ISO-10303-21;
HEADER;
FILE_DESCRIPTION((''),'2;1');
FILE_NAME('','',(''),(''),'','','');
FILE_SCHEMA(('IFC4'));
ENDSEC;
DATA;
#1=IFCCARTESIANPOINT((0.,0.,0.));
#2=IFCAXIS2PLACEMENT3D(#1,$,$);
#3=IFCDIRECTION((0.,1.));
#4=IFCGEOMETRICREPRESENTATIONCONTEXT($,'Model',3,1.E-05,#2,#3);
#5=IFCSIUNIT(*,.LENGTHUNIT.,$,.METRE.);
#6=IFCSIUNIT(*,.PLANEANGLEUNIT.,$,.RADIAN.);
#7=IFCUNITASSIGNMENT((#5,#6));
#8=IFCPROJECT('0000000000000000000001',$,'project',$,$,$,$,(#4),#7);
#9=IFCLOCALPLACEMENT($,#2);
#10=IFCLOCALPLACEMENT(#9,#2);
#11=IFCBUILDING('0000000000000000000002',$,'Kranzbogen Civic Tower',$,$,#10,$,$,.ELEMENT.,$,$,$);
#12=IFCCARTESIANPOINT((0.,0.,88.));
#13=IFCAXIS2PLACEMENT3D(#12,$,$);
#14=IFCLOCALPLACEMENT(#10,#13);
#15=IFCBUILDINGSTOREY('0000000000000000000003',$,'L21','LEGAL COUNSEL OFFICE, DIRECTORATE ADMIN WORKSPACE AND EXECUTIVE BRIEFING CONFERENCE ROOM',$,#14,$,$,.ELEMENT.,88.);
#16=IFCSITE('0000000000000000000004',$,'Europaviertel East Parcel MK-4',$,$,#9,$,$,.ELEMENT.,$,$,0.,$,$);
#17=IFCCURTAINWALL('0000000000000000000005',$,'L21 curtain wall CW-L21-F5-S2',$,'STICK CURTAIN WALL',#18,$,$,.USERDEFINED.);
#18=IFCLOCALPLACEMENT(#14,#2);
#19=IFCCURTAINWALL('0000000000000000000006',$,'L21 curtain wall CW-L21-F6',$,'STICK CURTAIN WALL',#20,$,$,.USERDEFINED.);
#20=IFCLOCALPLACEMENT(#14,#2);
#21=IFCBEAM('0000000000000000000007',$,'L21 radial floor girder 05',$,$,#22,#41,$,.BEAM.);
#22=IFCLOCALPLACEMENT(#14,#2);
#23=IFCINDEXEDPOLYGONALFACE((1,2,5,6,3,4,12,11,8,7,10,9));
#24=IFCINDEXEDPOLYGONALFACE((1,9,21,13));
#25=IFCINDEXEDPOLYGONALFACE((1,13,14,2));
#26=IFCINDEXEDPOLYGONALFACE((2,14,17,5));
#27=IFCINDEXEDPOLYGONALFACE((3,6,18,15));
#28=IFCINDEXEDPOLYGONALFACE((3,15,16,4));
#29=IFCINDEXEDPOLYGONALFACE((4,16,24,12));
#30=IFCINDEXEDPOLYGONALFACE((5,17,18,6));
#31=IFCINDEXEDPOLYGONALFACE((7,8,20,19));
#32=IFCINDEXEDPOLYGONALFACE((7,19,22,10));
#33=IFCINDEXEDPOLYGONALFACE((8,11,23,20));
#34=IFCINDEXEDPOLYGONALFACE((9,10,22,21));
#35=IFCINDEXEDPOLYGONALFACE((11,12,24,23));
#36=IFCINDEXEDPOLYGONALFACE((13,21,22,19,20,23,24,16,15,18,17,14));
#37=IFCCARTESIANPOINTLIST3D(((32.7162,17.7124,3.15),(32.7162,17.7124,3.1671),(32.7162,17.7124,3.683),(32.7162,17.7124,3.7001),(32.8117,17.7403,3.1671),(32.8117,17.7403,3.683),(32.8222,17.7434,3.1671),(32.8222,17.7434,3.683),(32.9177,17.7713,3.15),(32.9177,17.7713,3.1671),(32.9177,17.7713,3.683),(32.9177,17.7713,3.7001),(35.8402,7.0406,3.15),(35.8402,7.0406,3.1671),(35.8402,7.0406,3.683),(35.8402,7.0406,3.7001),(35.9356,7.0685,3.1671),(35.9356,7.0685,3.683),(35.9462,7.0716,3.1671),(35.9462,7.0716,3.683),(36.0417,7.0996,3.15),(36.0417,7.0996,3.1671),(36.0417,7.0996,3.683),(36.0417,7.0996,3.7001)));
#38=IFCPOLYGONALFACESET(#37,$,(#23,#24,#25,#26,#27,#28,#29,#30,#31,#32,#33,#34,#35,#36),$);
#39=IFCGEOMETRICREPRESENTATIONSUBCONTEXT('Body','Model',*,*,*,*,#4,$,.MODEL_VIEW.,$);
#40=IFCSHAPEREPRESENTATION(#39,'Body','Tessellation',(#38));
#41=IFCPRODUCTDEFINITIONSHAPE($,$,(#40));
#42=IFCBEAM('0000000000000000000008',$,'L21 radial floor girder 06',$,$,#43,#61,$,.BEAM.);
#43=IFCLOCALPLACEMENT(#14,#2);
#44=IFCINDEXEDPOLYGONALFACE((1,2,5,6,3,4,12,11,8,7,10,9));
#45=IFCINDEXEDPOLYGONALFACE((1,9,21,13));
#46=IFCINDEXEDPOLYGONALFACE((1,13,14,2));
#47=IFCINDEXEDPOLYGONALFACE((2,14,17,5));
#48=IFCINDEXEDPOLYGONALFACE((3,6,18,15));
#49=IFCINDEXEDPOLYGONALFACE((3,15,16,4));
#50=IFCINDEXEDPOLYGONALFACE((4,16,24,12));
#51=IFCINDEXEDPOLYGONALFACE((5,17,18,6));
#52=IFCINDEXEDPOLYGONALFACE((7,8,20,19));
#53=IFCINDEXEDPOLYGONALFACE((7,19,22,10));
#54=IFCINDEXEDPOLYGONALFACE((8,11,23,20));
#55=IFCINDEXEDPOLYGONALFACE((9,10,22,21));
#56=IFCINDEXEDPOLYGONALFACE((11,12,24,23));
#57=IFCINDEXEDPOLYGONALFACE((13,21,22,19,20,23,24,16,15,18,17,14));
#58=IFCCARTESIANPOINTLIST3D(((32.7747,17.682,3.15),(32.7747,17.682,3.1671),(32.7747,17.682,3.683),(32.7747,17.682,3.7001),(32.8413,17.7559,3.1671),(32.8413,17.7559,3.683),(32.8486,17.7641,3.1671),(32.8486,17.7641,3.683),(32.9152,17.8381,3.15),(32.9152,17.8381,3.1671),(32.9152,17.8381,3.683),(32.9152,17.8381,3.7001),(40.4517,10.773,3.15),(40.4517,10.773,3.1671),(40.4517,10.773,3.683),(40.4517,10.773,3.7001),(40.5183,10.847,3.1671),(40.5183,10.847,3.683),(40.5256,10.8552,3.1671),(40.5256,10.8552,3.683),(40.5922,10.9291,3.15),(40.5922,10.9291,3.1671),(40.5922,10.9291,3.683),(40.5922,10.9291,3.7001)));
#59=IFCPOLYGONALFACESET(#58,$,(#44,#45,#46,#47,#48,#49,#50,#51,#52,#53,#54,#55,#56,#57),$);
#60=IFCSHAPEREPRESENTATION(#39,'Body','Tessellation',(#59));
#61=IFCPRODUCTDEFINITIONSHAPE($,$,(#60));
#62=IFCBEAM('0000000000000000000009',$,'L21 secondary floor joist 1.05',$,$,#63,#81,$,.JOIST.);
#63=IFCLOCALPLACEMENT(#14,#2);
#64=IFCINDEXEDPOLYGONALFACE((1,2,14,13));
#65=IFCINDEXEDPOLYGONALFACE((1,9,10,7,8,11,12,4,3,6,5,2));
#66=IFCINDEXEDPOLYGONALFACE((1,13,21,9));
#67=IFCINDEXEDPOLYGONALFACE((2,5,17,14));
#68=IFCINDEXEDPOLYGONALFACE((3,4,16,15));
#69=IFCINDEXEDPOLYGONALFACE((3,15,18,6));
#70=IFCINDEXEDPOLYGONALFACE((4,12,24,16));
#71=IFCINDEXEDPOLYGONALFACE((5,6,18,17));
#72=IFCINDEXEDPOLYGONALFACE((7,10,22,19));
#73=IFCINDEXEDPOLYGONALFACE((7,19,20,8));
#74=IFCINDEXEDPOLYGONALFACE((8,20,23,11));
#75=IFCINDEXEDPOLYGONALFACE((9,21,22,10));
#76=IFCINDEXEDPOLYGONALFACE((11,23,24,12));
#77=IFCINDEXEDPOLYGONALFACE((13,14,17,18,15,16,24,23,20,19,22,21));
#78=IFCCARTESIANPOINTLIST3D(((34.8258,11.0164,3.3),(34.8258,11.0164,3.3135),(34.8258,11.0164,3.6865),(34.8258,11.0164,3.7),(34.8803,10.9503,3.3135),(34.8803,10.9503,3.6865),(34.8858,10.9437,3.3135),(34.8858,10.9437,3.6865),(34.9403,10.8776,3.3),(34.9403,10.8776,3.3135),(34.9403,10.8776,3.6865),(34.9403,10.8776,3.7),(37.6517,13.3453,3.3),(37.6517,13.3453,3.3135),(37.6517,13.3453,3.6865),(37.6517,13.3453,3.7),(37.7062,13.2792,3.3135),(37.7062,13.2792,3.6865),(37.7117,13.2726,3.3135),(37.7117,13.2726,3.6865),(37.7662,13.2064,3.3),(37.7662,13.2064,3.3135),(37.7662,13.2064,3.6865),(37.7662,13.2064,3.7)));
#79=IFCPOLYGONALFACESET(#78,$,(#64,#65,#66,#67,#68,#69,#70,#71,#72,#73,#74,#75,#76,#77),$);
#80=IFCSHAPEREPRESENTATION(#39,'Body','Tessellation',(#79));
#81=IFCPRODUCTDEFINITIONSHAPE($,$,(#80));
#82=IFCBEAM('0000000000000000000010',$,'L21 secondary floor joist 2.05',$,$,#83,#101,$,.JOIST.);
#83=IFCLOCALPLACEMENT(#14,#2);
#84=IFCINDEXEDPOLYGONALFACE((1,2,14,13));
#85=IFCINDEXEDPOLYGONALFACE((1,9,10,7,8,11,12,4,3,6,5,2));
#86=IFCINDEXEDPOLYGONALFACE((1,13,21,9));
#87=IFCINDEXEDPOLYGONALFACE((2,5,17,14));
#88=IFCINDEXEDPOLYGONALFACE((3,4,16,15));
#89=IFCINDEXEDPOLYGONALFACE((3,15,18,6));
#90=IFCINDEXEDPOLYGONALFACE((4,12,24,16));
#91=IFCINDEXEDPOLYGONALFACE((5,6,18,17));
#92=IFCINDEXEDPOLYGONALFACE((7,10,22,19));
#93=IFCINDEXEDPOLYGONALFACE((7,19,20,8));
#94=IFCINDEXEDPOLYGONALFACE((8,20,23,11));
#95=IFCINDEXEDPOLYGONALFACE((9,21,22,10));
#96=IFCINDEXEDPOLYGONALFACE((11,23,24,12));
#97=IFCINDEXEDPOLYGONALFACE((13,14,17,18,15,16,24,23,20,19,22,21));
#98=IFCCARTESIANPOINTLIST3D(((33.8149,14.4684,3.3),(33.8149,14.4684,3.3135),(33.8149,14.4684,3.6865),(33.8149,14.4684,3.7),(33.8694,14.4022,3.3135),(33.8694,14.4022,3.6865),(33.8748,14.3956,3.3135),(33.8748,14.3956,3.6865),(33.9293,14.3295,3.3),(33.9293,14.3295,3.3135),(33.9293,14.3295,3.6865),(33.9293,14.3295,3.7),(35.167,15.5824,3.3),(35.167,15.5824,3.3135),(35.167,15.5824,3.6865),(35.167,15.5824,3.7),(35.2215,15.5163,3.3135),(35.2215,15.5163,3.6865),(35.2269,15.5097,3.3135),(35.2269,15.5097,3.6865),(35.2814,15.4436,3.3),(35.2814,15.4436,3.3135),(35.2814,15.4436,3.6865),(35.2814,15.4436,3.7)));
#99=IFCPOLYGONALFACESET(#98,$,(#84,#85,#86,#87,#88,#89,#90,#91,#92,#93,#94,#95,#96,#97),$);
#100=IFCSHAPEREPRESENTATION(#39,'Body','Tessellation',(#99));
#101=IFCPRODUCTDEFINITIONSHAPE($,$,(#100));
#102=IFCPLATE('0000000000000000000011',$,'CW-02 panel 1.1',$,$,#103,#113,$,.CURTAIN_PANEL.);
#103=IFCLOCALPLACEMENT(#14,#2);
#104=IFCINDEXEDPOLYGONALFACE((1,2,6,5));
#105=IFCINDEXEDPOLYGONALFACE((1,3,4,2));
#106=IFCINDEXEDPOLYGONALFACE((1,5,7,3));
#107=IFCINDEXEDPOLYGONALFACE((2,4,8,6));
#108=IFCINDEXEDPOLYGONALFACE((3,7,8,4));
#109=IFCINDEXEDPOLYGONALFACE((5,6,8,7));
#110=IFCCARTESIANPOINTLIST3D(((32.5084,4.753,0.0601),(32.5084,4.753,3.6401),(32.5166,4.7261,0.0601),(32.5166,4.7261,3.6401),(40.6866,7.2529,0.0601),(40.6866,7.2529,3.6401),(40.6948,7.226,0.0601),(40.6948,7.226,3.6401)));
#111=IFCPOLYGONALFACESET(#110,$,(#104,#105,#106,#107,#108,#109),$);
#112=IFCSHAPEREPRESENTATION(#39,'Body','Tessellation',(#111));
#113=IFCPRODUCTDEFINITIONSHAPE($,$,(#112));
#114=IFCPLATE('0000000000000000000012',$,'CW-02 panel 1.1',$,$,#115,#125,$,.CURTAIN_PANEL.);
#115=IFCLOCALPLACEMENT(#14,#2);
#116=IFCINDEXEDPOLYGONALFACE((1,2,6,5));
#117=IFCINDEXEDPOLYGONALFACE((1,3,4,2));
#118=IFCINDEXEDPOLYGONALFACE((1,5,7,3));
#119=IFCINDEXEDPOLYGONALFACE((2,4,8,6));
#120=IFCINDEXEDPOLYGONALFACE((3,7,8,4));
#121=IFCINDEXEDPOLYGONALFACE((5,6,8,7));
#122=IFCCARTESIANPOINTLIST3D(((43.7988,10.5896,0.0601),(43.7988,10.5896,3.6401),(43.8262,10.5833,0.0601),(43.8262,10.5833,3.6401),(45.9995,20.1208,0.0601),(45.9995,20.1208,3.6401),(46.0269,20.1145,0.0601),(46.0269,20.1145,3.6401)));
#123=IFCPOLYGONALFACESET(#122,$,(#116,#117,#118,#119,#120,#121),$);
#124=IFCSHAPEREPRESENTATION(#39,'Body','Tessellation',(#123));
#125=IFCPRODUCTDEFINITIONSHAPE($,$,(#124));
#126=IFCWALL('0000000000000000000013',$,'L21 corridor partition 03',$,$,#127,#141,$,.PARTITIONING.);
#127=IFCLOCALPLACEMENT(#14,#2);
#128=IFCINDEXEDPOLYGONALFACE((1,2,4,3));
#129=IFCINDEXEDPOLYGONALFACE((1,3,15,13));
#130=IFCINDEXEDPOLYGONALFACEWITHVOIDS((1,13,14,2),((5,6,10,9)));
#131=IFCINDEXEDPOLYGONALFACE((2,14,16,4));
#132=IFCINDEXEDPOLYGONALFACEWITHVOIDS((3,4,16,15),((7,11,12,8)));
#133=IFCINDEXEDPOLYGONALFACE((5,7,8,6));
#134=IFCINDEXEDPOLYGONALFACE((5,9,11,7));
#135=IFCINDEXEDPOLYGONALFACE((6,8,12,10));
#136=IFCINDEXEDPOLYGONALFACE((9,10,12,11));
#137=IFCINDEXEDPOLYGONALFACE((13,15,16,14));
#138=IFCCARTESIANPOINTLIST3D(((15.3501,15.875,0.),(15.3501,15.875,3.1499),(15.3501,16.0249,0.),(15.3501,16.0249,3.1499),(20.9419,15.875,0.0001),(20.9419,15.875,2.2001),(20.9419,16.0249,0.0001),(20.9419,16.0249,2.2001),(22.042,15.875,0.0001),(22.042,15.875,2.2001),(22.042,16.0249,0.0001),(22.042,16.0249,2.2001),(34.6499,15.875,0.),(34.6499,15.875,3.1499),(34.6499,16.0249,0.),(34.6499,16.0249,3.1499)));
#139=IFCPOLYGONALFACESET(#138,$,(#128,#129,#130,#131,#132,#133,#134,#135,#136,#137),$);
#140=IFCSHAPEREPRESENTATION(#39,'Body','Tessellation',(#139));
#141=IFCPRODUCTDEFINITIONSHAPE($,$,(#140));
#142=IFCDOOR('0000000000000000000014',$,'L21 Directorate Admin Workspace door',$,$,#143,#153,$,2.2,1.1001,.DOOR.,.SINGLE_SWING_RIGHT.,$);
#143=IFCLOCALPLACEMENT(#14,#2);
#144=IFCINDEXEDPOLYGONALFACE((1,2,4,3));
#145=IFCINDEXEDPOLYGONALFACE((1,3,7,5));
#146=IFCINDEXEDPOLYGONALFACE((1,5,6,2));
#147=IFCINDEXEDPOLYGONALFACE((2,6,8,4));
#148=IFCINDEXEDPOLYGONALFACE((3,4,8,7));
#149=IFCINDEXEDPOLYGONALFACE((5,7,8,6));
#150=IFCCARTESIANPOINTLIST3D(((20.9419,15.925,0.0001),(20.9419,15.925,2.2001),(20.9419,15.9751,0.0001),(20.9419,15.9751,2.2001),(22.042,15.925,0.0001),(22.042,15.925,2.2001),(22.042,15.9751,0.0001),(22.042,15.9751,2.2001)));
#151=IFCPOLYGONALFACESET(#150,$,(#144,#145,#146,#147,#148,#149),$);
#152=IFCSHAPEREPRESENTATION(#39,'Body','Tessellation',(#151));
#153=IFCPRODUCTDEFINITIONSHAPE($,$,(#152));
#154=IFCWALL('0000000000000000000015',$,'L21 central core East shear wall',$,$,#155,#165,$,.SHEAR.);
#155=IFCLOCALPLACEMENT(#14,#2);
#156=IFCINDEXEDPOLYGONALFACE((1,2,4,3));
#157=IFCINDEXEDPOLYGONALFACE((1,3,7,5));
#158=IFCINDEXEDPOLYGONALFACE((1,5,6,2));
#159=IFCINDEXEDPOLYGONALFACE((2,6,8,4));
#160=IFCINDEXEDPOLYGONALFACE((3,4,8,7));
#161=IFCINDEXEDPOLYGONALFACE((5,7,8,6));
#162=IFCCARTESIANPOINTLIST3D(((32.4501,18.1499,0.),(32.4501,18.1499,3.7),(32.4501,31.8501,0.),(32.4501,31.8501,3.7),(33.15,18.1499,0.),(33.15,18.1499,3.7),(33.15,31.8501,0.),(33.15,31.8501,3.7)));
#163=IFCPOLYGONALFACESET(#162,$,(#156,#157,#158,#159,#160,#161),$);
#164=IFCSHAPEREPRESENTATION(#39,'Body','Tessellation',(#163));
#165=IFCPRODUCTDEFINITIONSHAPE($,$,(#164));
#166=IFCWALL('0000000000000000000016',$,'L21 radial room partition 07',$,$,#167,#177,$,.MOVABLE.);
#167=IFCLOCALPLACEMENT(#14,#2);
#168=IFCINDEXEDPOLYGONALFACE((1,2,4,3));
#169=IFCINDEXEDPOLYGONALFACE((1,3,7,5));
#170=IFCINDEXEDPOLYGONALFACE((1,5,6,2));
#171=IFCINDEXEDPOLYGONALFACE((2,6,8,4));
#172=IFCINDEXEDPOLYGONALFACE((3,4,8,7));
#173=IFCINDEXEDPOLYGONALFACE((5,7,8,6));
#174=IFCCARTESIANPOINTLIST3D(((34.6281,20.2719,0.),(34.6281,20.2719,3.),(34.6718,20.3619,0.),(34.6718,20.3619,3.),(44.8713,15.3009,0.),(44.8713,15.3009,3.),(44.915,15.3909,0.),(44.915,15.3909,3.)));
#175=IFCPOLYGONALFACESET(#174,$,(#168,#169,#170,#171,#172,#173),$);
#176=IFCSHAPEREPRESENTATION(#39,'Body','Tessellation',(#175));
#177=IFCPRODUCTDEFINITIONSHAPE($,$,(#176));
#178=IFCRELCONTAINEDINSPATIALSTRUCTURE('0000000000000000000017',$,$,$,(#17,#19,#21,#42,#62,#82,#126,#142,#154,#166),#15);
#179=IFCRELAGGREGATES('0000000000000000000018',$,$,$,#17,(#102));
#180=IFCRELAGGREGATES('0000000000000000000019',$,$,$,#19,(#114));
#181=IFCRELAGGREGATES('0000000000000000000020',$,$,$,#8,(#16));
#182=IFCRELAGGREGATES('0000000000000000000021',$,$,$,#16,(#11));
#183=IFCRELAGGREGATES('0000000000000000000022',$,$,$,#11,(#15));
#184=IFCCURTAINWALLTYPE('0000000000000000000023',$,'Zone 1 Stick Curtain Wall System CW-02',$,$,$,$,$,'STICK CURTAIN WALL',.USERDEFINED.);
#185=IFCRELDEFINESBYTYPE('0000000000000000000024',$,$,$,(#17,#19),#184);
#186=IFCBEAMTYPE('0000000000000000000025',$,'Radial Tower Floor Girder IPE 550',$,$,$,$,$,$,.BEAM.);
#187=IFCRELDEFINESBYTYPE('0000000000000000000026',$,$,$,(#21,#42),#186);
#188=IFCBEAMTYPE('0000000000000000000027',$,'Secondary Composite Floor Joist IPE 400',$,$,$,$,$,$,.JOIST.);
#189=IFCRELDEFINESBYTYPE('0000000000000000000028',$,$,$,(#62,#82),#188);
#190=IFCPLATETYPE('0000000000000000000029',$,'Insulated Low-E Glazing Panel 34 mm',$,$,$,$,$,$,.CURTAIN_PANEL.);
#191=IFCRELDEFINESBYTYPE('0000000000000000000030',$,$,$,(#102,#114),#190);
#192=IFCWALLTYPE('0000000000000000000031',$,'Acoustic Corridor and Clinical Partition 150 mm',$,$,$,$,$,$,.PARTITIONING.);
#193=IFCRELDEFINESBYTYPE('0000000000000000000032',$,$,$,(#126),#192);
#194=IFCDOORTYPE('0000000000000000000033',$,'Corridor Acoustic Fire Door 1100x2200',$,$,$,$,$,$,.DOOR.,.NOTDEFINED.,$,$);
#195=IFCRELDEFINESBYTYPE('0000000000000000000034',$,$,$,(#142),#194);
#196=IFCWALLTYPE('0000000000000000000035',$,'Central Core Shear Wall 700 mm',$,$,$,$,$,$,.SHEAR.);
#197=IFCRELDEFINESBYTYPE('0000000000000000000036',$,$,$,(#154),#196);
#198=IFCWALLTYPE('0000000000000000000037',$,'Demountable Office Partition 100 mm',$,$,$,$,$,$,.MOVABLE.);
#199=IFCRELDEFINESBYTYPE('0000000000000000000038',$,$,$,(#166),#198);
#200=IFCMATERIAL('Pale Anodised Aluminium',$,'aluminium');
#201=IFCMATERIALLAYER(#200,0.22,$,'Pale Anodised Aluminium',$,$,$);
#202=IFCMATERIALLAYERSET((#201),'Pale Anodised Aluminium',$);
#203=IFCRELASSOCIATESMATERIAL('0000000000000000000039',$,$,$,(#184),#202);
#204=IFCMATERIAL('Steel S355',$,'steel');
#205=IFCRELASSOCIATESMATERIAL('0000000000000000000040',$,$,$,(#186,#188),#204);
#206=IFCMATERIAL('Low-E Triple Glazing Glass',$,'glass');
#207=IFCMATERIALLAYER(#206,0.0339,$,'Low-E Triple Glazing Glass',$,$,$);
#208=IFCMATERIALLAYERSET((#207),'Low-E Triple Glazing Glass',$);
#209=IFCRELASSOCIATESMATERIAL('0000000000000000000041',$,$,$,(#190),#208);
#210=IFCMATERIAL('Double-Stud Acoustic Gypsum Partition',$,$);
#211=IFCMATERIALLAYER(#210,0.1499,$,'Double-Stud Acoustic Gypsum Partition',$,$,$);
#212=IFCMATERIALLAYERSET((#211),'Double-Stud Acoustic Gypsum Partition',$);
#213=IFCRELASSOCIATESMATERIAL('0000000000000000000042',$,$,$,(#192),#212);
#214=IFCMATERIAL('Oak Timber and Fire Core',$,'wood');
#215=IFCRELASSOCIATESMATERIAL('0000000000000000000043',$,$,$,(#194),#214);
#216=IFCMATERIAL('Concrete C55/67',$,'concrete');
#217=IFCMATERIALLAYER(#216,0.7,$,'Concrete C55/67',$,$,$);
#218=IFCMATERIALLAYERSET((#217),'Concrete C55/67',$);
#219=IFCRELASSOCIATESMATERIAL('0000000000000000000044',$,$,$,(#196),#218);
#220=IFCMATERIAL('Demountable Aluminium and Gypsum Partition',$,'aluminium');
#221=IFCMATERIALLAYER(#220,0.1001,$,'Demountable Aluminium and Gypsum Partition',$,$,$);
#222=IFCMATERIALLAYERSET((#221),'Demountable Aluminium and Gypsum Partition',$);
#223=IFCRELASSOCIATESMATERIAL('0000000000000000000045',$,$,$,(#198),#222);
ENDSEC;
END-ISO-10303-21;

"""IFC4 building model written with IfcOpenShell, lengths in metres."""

from ifc_helpers import new_model, si_unit, direction, frame, frame_2d, origin, origin_2d, place, context, subcontext, project, spatial, rectangle, i_section, extrude, material, layer, layer_set, material_profile, profile_set, type_object, element, fill, aggregate, save


model = new_model("IFC4")

# Units and contexts
model_context = context("Model", 3, precision=1e-05, world=origin(), true_north=direction((0.0, 1.0)))
body_context = subcontext(model_context, "Body", "Model", "MODEL_VIEW")
ifc_project = project(units=[si_unit("LENGTHUNIT", "METRE"), si_unit("PLANEANGLEUNIT", "RADIAN")], contexts=[model_context])

# Site, building, storey
site_placement = place(None, origin())
site = spatial("IfcSite", under=ifc_project, at=site_placement, Name="Europaviertel East Parcel MK-4", CompositionType="ELEMENT", RefElevation=0.0)
building_placement = place(site_placement, origin())
building = spatial("IfcBuilding", under=site, at=building_placement, Name="Kranzbogen Civic Tower", CompositionType="ELEMENT")
storey_placement = place(building_placement, frame((0.0, 0.0, 88.0)))
storey = spatial("IfcBuildingStorey", under=building, at=storey_placement, Name="L21", Description="LEGAL COUNSEL OFFICE, DIRECTORATE ADMIN WORKSPACE AND EXECUTIVE BRIEFING CONFERENCE ROOM", CompositionType="ELEMENT", Elevation=88.0)

# Shared definitions
ifc_material_1 = material(Name="Steel S355", Category="steel")

# Curtain wall
ifc_material_2 = material(Name="Pale Anodised Aluminium", Category="aluminium")
ifc_layer_1 = layer(ifc_material_2, 0.22, Name="Pale Anodised Aluminium")
ifc_layer_set_1 = layer_set([ifc_layer_1], Name="Pale Anodised Aluminium")
curtain_wall_type = type_object("IfcCurtainWallType", Name="Zone 1 Stick Curtain Wall System CW-02", ElementType="STICK CURTAIN WALL", PredefinedType="USERDEFINED", material=ifc_layer_set_1)
curtain_wall_1_placement = place(storey_placement, origin())
curtain_wall_1 = element("IfcCurtainWall", 1, at=curtain_wall_1_placement, inside=storey, type_object=curtain_wall_type, Name="L21 curtain wall CW-L21-F5-S2", ObjectType="STICK CURTAIN WALL", PredefinedType="USERDEFINED")

# Curtain wall
curtain_wall_2_placement = place(storey_placement, origin())
curtain_wall_2 = element("IfcCurtainWall", 2, at=curtain_wall_2_placement, inside=storey, type_object=curtain_wall_type, Name="L21 curtain wall CW-L21-F6", ObjectType="STICK CURTAIN WALL", PredefinedType="USERDEFINED")

# Beams
ifc_material_profile_1 = material_profile(ifc_material_1, i_section(OverallWidth=0.21, OverallDepth=0.55, WebThickness=0.011, FlangeThickness=0.0171, at=origin_2d()), Name="IPE 550")
ifc_profile_set_1 = profile_set([ifc_material_profile_1], Name="Steel S355")
beam_type_1 = type_object("IfcBeamType", Name="Radial Tower Floor Girder IPE 550", PredefinedType="BEAM", material=ifc_profile_set_1)
beam_1_placement = place(storey_placement, frame((35.9409, 7.0701, 3.425), z_axis=(-0.280944, 0.959724, 0.0), x_axis=(-0.959724, -0.280944, 0.0)))
element("IfcBeam", 3, at=beam_1_placement, inside=storey, type_object=beam_type_1, Name="L21 radial floor girder 05", PredefinedType="BEAM", context=body_context, shape_type="SweptSolid", body=[
    extrude(i_section(OverallWidth=0.21, OverallDepth=0.55, WebThickness=0.011, FlangeThickness=0.0171, at=origin_2d()), origin(), (0.0, 0.0, 1.0), 11.1196),
])
beam_2_placement = place(storey_placement, frame((40.522, 10.8511, 3.425), z_axis=(-0.743312, 0.668945, 0.0), x_axis=(-0.668945, -0.743312, 0.0)))
element("IfcBeam", 4, at=beam_2_placement, inside=storey, type_object=beam_type_1, Name="L21 radial floor girder 06", PredefinedType="BEAM", context=body_context, shape_type="SweptSolid", body=[
    extrude(i_section(OverallWidth=0.21, OverallDepth=0.55, WebThickness=0.011, FlangeThickness=0.0171, at=origin_2d()), origin(), (0.0, 0.0, 1.0), 10.3281),
])
ifc_material_profile_2 = material_profile(ifc_material_1, i_section(OverallWidth=0.1799, OverallDepth=0.3999, WebThickness=0.0085, FlangeThickness=0.0134, at=origin_2d()), Name="IPE 400")
ifc_profile_set_2 = profile_set([ifc_material_profile_2], Name="Steel S355")
beam_type_2 = type_object("IfcBeamType", Name="Secondary Composite Floor Joist IPE 400", PredefinedType="JOIST", material=ifc_profile_set_2)
beam_3_placement = place(storey_placement, frame((34.8831, 10.947, 3.5), z_axis=(0.771713, 0.635971, 0.0), x_axis=(-0.635971, 0.771713, 0.0)))
element("IfcBeam", 5, at=beam_3_placement, inside=storey, type_object=beam_type_2, Name="L21 secondary floor joist 1.05", PredefinedType="JOIST", context=body_context, shape_type="SweptSolid", body=[
    extrude(i_section(OverallWidth=0.1799, OverallDepth=0.3999, WebThickness=0.0085, FlangeThickness=0.0134, at=origin_2d()), origin(), (0.0, 0.0, 1.0), 3.6619),
])
beam_4_placement = place(storey_placement, frame((33.8721, 14.3989, 3.5), z_axis=(0.771773, 0.635898, 0.0), x_axis=(-0.635898, 0.771773, 0.0)))
element("IfcBeam", 6, at=beam_4_placement, inside=storey, type_object=beam_type_2, Name="L21 secondary floor joist 2.05", PredefinedType="JOIST", context=body_context, shape_type="SweptSolid", body=[
    extrude(i_section(OverallWidth=0.1799, OverallDepth=0.3999, WebThickness=0.0085, FlangeThickness=0.0134, at=origin_2d()), origin(), (0.0, 0.0, 1.0), 1.752),
])

# Plates
ifc_material_3 = material(Name="Low-E Triple Glazing Glass", Category="glass")
ifc_layer_2 = layer(ifc_material_3, 0.0339, Name="Low-E Triple Glazing Glass")
ifc_layer_set_2 = layer_set([ifc_layer_2], Name="Low-E Triple Glazing Glass")
plate_type = type_object("IfcPlateType", Name="Insulated Low-E Glazing Panel 34 mm", PredefinedType="CURTAIN_PANEL", material=ifc_layer_set_2)
plate_1_placement = place(storey_placement, frame((36.6016, 5.9895, 0.0601), z_axis=(0.0, 0.0, 1.0), x_axis=(0.956318, 0.292327, 0.0)))
plate_1 = element("IfcPlate", 7, at=plate_1_placement, type_object=plate_type, Name="CW-02 panel 1.1", PredefinedType="CURTAIN_PANEL", context=body_context, shape_type="SweptSolid", body=[
    extrude(rectangle(XDim=8.5518, YDim=0.0281, at=origin_2d()), origin(), (0.0, 0.0, 1.0), 3.5801),
])
aggregate(curtain_wall_1, [plate_1])
plate_2_placement = place(storey_placement, frame((44.9128, 15.3521, 0.0601), z_axis=(0.0, 0.0, 1.0), x_axis=(0.224978, 0.974364, 0.0)))
plate_2 = element("IfcPlate", 8, at=plate_2_placement, type_object=plate_type, Name="CW-02 panel 1.1", PredefinedType="CURTAIN_PANEL", context=body_context, shape_type="SweptSolid", body=[
    extrude(rectangle(XDim=9.782, YDim=0.0281, at=origin_2d()), origin(), (0.0, 0.0, 1.0), 3.5801),
])
aggregate(curtain_wall_2, [plate_2])

# Wall, opening, door
ifc_material_4 = material(Name="Double-Stud Acoustic Gypsum Partition")
ifc_layer_3 = layer(ifc_material_4, 0.1499, Name="Double-Stud Acoustic Gypsum Partition")
ifc_layer_set_3 = layer_set([ifc_layer_3], Name="Double-Stud Acoustic Gypsum Partition")
wall_type_1 = type_object("IfcWallType", Name="Acoustic Corridor and Clinical Partition 150 mm", PredefinedType="PARTITIONING", material=ifc_layer_set_3)
wall_1_placement = place(storey_placement, frame((34.6499, 15.95, 0.0), z_axis=(0.0, 0.0, 1.0), x_axis=(-1.0, 0.0, 0.0)))
wall_1 = element("IfcWall", 9, at=wall_1_placement, inside=storey, type_object=wall_type_1, Name="L21 corridor partition 03", PredefinedType="PARTITIONING", context=body_context, shape_type="SweptSolid", body=[
    extrude(rectangle(XDim=19.2998, YDim=0.1499, at=frame_2d((9.6499, 0.0))), origin(), (0.0, 0.0, 1.0), 3.1499),
])
opening_1_placement = place(wall_1_placement, frame((12.6079, 0.0, 0.0)))
opening_1 = element("IfcOpeningElement", 10, at=opening_1_placement, cuts=wall_1, PredefinedType="OPENING", context=body_context, shape_type="SweptSolid", body=[
    extrude(rectangle(XDim=1.1001, YDim=2.2, at=frame_2d((0.55, 1.1001))), frame((0.0, 0.085, 0.0), z_axis=(0.0, -1.0, 0.0), x_axis=(1.0, 0.0, 0.0)), (0.0, 0.0, 1.0), 0.1699),
])
ifc_material_5 = material(Name="Oak Timber and Fire Core", Category="wood")
door_type_1 = type_object("IfcDoorType", Name="Corridor Acoustic Fire Door 1100x2200", OperationType="NOTDEFINED", PredefinedType="DOOR", material=ifc_material_5)
door_1_placement = place(opening_1_placement, origin())
door_1 = element("IfcDoor", 11, at=door_1_placement, inside=storey, type_object=door_type_1, Name="L21 Directorate Admin Workspace door", OperationType="SINGLE_SWING_RIGHT", OverallHeight=2.2, OverallWidth=1.1001, PredefinedType="DOOR", context=body_context, shape_type="SweptSolid", body=[
    extrude(rectangle(XDim=1.1001, YDim=2.2, at=frame_2d((0.55, 1.1001))), frame((0.0, 0.0249, 0.0), z_axis=(0.0, -1.0, 0.0), x_axis=(1.0, 0.0, 0.0)), (0.0, 0.0, 1.0), 0.05),
])
fill(opening_1, door_1)

# Walls
ifc_material_6 = material(Name="Concrete C55/67", Category="concrete")
ifc_layer_4 = layer(ifc_material_6, 0.7, Name="Concrete C55/67")
ifc_layer_set_4 = layer_set([ifc_layer_4], Name="Concrete C55/67")
wall_type_2 = type_object("IfcWallType", Name="Central Core Shear Wall 700 mm", PredefinedType="SHEAR", material=ifc_layer_set_4)
wall_2_placement = place(storey_placement, frame((32.8, 18.1499, 0.0), z_axis=(0.0, 0.0, 1.0), x_axis=(0.0, 1.0, 0.0)))
element("IfcWall", 12, at=wall_2_placement, inside=storey, type_object=wall_type_2, Name="L21 central core East shear wall", PredefinedType="SHEAR", context=body_context, shape_type="SweptSolid", body=[
    extrude(rectangle(XDim=13.7002, YDim=0.7, at=frame_2d((6.8501, 0.0))), origin(), (0.0, 0.0, 1.0), 3.7),
])
ifc_material_7 = material(Name="Demountable Aluminium and Gypsum Partition", Category="aluminium")
ifc_layer_5 = layer(ifc_material_7, 0.1001, Name="Demountable Aluminium and Gypsum Partition")
ifc_layer_set_5 = layer_set([ifc_layer_5], Name="Demountable Aluminium and Gypsum Partition")
wall_type_3 = type_object("IfcWallType", Name="Demountable Office Partition 100 mm", PredefinedType="MOVABLE", material=ifc_layer_set_5)
wall_3_placement = place(storey_placement, frame((34.6499, 20.3169, 0.0), z_axis=(0.0, 0.0, 1.0), x_axis=(0.899657, -0.436598, 0.0)))
element("IfcWall", 13, at=wall_3_placement, inside=storey, type_object=wall_type_3, Name="L21 radial room partition 07", PredefinedType="MOVABLE", context=body_context, shape_type="SweptSolid", body=[
    extrude(rectangle(XDim=11.3857, YDim=0.1001, at=frame_2d((5.6929, 0.0))), origin(), (0.0, 0.0, 1.0), 3.0),
])

save(model, "model.ifc")
